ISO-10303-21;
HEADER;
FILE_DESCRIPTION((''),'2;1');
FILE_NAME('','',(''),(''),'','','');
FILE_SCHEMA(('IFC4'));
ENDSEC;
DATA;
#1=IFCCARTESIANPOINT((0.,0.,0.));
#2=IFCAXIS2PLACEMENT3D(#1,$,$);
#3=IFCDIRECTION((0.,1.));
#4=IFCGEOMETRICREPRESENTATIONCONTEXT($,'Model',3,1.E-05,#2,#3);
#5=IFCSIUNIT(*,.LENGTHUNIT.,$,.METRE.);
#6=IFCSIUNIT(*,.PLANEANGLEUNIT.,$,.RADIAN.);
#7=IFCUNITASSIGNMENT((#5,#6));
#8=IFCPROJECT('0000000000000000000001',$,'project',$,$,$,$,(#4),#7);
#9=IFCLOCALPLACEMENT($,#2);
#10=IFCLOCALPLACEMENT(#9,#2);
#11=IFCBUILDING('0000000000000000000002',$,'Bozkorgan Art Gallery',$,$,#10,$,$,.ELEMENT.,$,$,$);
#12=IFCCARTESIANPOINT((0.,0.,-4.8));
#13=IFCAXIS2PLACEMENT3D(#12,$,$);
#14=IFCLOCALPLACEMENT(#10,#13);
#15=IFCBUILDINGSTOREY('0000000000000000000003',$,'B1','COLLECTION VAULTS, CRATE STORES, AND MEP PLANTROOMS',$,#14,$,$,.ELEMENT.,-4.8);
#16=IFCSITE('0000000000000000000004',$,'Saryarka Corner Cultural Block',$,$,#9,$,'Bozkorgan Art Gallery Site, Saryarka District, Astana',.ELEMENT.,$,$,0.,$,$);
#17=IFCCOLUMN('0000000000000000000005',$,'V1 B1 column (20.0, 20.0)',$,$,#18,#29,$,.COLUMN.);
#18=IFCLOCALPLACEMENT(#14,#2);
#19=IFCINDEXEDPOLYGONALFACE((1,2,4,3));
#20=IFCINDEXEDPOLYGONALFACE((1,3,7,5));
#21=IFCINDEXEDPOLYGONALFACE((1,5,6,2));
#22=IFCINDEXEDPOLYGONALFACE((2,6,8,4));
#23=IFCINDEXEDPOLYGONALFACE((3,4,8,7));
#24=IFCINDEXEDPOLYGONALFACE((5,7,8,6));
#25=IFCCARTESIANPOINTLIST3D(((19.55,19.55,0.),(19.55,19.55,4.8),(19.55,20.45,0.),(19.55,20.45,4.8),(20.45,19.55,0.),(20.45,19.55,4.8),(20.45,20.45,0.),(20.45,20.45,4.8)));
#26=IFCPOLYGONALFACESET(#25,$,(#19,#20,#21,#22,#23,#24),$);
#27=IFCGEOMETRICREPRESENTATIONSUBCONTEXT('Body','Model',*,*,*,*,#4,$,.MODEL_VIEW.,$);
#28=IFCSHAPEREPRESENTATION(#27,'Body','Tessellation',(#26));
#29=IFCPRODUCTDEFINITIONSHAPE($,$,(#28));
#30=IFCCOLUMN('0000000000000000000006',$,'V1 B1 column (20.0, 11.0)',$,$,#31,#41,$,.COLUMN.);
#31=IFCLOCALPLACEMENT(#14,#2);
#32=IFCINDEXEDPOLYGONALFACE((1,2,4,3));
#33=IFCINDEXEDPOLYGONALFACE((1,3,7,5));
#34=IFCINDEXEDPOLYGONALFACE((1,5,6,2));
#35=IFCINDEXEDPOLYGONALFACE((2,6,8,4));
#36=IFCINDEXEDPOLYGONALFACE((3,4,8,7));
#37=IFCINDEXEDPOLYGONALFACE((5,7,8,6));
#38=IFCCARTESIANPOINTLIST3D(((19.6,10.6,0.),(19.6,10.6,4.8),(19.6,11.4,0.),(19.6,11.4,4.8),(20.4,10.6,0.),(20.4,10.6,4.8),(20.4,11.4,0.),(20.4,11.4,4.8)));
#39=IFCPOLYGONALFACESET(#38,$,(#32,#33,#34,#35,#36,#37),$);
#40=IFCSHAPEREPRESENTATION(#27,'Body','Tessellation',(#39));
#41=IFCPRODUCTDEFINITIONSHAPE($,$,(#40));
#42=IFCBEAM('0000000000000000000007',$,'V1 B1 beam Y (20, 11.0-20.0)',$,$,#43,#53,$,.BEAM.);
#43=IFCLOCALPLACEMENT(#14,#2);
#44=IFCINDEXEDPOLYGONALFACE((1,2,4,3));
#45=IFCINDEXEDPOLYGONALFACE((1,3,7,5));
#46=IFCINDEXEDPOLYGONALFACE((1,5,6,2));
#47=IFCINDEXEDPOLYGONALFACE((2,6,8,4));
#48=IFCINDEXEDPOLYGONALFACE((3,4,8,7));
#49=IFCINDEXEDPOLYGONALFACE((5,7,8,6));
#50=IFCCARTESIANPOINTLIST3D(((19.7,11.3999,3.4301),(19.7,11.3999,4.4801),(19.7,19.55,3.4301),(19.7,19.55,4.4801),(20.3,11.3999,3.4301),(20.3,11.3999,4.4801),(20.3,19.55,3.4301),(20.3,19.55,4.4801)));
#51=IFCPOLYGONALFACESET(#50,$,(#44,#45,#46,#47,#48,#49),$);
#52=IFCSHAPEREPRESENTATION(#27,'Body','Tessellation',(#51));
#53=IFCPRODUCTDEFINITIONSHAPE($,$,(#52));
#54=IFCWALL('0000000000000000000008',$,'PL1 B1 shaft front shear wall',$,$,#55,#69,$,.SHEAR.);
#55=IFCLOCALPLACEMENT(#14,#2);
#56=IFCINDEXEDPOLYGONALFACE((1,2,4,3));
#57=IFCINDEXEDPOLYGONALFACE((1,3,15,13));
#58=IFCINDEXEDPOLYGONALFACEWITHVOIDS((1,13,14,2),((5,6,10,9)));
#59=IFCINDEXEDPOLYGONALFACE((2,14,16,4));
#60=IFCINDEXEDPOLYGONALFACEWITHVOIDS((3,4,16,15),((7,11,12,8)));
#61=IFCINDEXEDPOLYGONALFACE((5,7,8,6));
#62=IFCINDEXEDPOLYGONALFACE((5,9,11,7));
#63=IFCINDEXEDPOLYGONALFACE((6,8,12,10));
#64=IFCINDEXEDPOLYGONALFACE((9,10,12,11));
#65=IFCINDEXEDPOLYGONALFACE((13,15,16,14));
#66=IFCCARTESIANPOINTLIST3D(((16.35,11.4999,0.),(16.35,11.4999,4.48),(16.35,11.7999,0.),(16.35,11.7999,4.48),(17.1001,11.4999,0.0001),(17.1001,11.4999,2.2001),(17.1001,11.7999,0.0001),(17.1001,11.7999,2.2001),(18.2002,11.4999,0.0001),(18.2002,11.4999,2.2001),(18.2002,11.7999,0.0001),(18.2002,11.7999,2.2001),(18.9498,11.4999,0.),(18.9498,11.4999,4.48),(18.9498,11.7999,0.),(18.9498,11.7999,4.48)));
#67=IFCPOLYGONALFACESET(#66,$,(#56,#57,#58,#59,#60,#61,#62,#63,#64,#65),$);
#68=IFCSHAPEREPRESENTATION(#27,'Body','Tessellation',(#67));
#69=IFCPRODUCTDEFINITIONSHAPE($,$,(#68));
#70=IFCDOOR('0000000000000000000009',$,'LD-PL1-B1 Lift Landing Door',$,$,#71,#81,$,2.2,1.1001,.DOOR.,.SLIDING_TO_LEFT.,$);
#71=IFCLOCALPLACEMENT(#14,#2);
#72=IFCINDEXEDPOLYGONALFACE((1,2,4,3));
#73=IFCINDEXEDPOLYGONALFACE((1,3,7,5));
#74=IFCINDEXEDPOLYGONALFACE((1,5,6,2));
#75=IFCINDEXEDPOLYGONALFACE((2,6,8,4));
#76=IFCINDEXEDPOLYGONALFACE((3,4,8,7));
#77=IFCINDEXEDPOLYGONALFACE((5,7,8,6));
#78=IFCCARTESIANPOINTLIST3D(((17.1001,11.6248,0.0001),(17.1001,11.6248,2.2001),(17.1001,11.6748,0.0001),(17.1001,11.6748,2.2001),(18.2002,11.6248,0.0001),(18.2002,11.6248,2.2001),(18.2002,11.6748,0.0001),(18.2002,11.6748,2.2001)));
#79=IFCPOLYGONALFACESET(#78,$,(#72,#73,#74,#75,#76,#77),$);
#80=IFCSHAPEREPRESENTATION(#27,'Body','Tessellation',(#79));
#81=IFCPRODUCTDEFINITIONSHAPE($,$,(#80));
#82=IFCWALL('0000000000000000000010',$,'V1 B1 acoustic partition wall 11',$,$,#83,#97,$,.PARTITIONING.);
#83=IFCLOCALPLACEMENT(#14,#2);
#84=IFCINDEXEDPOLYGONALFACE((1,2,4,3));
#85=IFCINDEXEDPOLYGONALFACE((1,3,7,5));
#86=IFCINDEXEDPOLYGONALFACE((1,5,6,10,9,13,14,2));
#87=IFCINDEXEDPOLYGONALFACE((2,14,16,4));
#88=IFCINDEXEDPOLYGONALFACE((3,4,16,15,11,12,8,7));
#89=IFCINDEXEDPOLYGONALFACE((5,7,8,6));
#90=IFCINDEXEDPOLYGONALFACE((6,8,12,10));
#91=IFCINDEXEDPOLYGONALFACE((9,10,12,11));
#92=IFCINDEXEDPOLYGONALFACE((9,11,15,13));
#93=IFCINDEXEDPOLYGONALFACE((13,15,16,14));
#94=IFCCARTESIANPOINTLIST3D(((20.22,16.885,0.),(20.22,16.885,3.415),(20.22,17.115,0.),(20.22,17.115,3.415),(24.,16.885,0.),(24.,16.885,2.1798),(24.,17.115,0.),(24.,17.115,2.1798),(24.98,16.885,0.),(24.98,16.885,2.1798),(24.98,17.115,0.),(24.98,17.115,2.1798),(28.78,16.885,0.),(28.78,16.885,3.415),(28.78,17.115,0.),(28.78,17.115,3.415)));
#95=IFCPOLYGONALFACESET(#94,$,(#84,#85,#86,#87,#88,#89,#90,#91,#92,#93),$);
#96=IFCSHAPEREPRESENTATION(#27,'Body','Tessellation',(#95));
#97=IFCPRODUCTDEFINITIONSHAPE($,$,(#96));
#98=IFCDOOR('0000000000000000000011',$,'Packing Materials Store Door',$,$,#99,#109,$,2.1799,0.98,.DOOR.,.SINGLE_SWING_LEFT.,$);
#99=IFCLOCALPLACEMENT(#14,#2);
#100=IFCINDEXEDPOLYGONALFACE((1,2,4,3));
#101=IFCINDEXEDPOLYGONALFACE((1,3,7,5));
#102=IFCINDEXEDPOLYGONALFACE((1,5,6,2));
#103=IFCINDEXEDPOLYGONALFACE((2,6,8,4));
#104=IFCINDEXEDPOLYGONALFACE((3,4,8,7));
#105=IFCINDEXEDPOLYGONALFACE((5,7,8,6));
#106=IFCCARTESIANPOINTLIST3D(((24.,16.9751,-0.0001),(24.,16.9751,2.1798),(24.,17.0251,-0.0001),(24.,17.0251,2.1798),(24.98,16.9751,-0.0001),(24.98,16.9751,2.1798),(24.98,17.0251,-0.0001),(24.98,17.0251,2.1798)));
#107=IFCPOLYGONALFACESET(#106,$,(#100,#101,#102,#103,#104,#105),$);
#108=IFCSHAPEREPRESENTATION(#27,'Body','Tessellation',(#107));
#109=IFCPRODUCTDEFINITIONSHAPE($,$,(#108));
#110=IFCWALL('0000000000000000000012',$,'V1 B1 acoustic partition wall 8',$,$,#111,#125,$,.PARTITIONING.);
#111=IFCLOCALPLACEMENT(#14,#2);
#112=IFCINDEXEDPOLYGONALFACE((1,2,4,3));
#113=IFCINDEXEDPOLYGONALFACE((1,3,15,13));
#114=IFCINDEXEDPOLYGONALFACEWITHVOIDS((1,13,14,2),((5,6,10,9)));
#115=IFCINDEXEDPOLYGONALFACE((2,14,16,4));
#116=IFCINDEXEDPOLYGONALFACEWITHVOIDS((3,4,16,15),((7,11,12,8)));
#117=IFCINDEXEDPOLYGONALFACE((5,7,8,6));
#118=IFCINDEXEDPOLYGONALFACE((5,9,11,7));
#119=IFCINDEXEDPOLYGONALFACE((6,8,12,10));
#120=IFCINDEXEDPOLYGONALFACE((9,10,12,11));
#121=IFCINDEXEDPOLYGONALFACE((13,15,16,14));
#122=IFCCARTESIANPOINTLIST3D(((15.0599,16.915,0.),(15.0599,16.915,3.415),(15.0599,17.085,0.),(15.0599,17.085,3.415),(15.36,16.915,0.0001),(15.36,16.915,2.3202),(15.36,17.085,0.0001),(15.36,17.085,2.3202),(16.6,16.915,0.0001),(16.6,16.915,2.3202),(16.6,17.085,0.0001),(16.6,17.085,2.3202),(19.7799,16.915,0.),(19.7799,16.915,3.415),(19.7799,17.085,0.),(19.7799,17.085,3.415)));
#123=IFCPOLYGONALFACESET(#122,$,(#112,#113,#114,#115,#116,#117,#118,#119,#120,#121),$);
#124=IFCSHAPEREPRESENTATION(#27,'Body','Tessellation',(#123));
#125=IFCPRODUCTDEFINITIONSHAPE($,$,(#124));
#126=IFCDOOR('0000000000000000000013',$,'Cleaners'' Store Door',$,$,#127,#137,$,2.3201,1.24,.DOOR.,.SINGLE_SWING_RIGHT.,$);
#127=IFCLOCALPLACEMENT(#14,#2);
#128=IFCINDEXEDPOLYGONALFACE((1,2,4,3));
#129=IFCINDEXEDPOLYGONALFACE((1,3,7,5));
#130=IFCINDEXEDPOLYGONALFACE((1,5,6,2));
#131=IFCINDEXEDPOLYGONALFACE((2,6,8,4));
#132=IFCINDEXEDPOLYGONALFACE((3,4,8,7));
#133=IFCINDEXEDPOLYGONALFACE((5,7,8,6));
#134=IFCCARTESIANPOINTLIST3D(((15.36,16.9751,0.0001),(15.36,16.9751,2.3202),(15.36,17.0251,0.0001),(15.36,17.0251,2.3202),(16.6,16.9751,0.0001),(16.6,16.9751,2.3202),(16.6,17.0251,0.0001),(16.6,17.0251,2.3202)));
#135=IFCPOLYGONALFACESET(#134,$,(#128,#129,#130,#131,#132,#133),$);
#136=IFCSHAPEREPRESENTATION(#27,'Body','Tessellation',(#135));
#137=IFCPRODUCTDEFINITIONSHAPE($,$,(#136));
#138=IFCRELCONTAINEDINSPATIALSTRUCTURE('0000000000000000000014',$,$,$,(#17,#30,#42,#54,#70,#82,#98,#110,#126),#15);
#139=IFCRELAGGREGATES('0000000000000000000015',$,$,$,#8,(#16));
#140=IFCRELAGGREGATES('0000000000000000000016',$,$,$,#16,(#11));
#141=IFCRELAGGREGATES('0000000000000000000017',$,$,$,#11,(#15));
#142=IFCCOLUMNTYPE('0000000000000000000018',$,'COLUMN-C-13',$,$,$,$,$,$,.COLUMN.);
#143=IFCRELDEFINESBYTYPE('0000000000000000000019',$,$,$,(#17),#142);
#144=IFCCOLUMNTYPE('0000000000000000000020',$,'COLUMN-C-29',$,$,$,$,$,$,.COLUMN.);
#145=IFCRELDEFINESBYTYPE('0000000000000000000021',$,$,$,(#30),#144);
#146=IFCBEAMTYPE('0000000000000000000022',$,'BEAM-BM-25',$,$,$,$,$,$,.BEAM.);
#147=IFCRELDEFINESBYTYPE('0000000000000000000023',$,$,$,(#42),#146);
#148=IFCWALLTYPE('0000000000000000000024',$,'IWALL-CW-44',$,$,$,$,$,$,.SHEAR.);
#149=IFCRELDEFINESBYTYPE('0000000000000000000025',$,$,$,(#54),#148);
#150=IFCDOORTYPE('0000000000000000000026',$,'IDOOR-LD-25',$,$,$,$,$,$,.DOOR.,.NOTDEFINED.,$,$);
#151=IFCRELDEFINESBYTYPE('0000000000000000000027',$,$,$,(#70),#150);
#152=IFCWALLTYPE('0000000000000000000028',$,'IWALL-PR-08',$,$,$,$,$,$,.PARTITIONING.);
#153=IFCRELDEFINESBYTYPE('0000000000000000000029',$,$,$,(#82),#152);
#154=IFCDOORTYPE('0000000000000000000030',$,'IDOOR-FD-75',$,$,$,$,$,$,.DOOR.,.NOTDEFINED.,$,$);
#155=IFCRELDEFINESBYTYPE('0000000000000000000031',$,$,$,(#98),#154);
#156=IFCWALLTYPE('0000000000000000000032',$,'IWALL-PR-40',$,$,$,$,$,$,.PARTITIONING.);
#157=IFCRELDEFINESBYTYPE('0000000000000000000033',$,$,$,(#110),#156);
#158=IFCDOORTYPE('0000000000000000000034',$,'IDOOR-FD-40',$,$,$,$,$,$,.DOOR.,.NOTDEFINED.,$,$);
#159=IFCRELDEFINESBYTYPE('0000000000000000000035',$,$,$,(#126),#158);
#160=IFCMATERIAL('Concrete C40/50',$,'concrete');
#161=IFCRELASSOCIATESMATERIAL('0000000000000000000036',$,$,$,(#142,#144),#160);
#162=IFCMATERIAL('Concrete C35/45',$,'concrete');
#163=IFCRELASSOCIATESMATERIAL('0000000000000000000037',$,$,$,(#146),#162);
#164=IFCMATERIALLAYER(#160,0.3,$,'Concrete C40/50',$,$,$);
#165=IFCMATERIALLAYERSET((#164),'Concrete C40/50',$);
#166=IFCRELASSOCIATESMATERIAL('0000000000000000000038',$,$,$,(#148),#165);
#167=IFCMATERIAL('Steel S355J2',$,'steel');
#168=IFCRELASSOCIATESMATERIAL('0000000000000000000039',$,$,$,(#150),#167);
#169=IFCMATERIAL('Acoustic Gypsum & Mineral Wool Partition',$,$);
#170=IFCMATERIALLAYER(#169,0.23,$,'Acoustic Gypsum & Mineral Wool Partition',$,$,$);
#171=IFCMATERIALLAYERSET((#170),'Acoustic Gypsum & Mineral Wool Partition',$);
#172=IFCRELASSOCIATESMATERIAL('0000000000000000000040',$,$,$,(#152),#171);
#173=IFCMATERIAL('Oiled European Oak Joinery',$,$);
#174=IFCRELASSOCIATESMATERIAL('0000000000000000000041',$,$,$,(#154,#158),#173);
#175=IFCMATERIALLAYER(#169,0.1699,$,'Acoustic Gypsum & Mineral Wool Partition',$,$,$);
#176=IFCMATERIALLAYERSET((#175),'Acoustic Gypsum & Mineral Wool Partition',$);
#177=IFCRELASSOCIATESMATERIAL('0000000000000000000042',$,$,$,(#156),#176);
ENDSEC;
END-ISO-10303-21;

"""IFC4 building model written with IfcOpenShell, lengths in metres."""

from ifc_helpers import new_model, si_unit, direction, frame, frame_2d, origin, origin_2d, place, context, subcontext, project, spatial, rectangle, extrude, material, layer, layer_set, material_profile, profile_set, type_object, element, fill, save


model = new_model("IFC4")

# Units and contexts
model_context = context("Model", 3, precision=1e-05, world=origin(), true_north=direction((0.0, 1.0)))
body_context = subcontext(model_context, "Body", "Model", "MODEL_VIEW")
ifc_project = project(units=[si_unit("LENGTHUNIT", "METRE"), si_unit("PLANEANGLEUNIT", "RADIAN")], contexts=[model_context])

# Site, building, storey
site_placement = place(None, origin())
site = spatial("IfcSite", under=ifc_project, at=site_placement, Name="Saryarka Corner Cultural Block", LongName="Bozkorgan Art Gallery Site, Saryarka District, Astana", CompositionType="ELEMENT", RefElevation=0.0)
building_placement = place(site_placement, origin())
building = spatial("IfcBuilding", under=site, at=building_placement, Name="Bozkorgan Art Gallery", CompositionType="ELEMENT")
storey_placement = place(building_placement, frame((0.0, 0.0, -4.8)))
storey = spatial("IfcBuildingStorey", under=building, at=storey_placement, Name="B1", Description="COLLECTION VAULTS, CRATE STORES, AND MEP PLANTROOMS", CompositionType="ELEMENT", Elevation=-4.8)

# Columns
ifc_material_1 = material(Name="Concrete C40/50", Category="concrete")
ifc_material_profile_1 = material_profile(ifc_material_1, rectangle(XDim=0.8999, YDim=0.8999, at=origin_2d()), Name="RC 900x900")
ifc_profile_set_1 = profile_set([ifc_material_profile_1], Name="Concrete C40/50")
column_type_1 = type_object("IfcColumnType", Name="COLUMN-C-13", PredefinedType="COLUMN", material=ifc_profile_set_1)
column_1_placement = place(storey_placement, frame((20.0, 20.0, 0.0), z_axis=(0.0, 0.0, 1.0), x_axis=(1.0, 0.0, 0.0)))
element("IfcColumn", 1, at=column_1_placement, inside=storey, type_object=column_type_1, Name="V1 B1 column (20.0, 20.0)", PredefinedType="COLUMN", context=body_context, shape_type="SweptSolid", body=[
    extrude(rectangle(XDim=0.8999, YDim=0.8999, at=origin_2d()), origin(), (0.0, 0.0, 1.0), 4.8),
])
ifc_material_profile_2 = material_profile(ifc_material_1, rectangle(XDim=0.8, YDim=0.8, at=origin_2d()), Name="RC 800x800")
ifc_profile_set_2 = profile_set([ifc_material_profile_2], Name="Concrete C40/50")
column_type_2 = type_object("IfcColumnType", Name="COLUMN-C-29", PredefinedType="COLUMN", material=ifc_profile_set_2)
column_2_placement = place(storey_placement, frame((20.0, 11.0, 0.0), z_axis=(0.0, 0.0, 1.0), x_axis=(1.0, 0.0, 0.0)))
element("IfcColumn", 2, at=column_2_placement, inside=storey, type_object=column_type_2, Name="V1 B1 column (20.0, 11.0)", PredefinedType="COLUMN", context=body_context, shape_type="SweptSolid", body=[
    extrude(rectangle(XDim=0.8, YDim=0.8, at=origin_2d()), origin(), (0.0, 0.0, 1.0), 4.8),
])

# Beam
ifc_material_2 = material(Name="Concrete C35/45", Category="concrete")
ifc_material_profile_3 = material_profile(ifc_material_2, rectangle(XDim=0.6001, YDim=1.05, at=origin_2d()), Name="RC 600x1050")
ifc_profile_set_3 = profile_set([ifc_material_profile_3], Name="Concrete C35/45")
beam_type = type_object("IfcBeamType", Name="BEAM-BM-25", PredefinedType="BEAM", material=ifc_profile_set_3)
beam_placement = place(storey_placement, frame((20.0, 11.3999, 3.9551), z_axis=(0.0, 1.0, 0.0), x_axis=(-1.0, 0.0, 0.0)))
element("IfcBeam", 3, at=beam_placement, inside=storey, type_object=beam_type, Name="V1 B1 beam Y (20, 11.0-20.0)", PredefinedType="BEAM", context=body_context, shape_type="SweptSolid", body=[
    extrude(rectangle(XDim=0.6001, YDim=1.05, at=origin_2d()), origin(), (0.0, 0.0, 1.0), 8.1501),
])

# Walls, openings, doors
ifc_layer_1 = layer(ifc_material_1, 0.3, Name="Concrete C40/50")
ifc_layer_set_1 = layer_set([ifc_layer_1], Name="Concrete C40/50")
wall_type_1 = type_object("IfcWallType", Name="IWALL-CW-44", PredefinedType="SHEAR", material=ifc_layer_set_1)
wall_1_placement = place(storey_placement, frame((16.3501, 11.6499, 0.0), z_axis=(0.0, 0.0, 1.0), x_axis=(1.0, 0.0, 0.0)))
wall_1 = element("IfcWall", 4, at=wall_1_placement, inside=storey, type_object=wall_type_1, Name="PL1 B1 shaft front shear wall", PredefinedType="SHEAR", context=body_context, shape_type="SweptSolid", body=[
    extrude(rectangle(XDim=2.5999, YDim=0.3, at=frame_2d((1.2998, 0.0))), origin(), (0.0, 0.0, 1.0), 4.48),
])
opening_1_placement = place(wall_1_placement, frame((0.75, 0.0, 0.0)))
opening_1 = element("IfcOpeningElement", 5, at=opening_1_placement, cuts=wall_1, PredefinedType="OPENING", context=body_context, shape_type="SweptSolid", body=[
    extrude(rectangle(XDim=1.1001, YDim=2.2, at=frame_2d((0.55, 1.1001))), frame((0.0, 0.1602, 0.0), z_axis=(0.0, -1.0, 0.0), x_axis=(1.0, 0.0, 0.0)), (0.0, 0.0, 1.0), 0.3201),
])
ifc_material_3 = material(Name="Steel S355J2", Category="steel")
door_type_1 = type_object("IfcDoorType", Name="IDOOR-LD-25", OperationType="NOTDEFINED", PredefinedType="DOOR", material=ifc_material_3)
door_1_placement = place(opening_1_placement, origin())
door_1 = element("IfcDoor", 6, at=door_1_placement, inside=storey, type_object=door_type_1, Name="LD-PL1-B1 Lift Landing Door", OperationType="SLIDING_TO_LEFT", OverallHeight=2.2, OverallWidth=1.1001, PredefinedType="DOOR", context=body_context, shape_type="SweptSolid", body=[
    extrude(rectangle(XDim=1.1001, YDim=2.2, at=frame_2d((0.55, 1.1001))), frame((0.0, 0.0249, 0.0), z_axis=(0.0, -1.0, 0.0), x_axis=(1.0, 0.0, 0.0)), (0.0, 0.0, 1.0), 0.05),
])
fill(opening_1, door_1)
ifc_material_4 = material(Name="Acoustic Gypsum & Mineral Wool Partition")
ifc_layer_2 = layer(ifc_material_4, 0.23, Name="Acoustic Gypsum & Mineral Wool Partition")
ifc_layer_set_2 = layer_set([ifc_layer_2], Name="Acoustic Gypsum & Mineral Wool Partition")
wall_type_2 = type_object("IfcWallType", Name="IWALL-PR-08", PredefinedType="PARTITIONING", material=ifc_layer_set_2)
wall_2_placement = place(storey_placement, frame((20.22, 17.0, 0.0), z_axis=(0.0, 0.0, 1.0), x_axis=(1.0, 0.0, 0.0)))
wall_2 = element("IfcWall", 7, at=wall_2_placement, inside=storey, type_object=wall_type_2, Name="V1 B1 acoustic partition wall 11", PredefinedType="PARTITIONING", context=body_context, shape_type="SweptSolid", body=[
    extrude(rectangle(XDim=8.5601, YDim=0.23, at=frame_2d((4.28, 0.0))), origin(), (0.0, 0.0, 1.0), 3.415),
])
opening_2_placement = place(wall_2_placement, frame((4.76, 0.0, 0.0), z_axis=(0.0, 0.0, 1.0), x_axis=(-1.0, 0.0, 0.0)))
opening_2 = element("IfcOpeningElement", 8, at=opening_2_placement, cuts=wall_2, PredefinedType="OPENING", context=body_context, shape_type="SweptSolid", body=[
    extrude(rectangle(XDim=0.98, YDim=2.1799, at=frame_2d((0.49, 1.0898))), frame((0.0, 0.125, 0.0), z_axis=(0.0, -1.0, 0.0), x_axis=(1.0, 0.0, 0.0)), (0.0, 0.0, 1.0), 0.25),
])
ifc_material_5 = material(Name="Oiled European Oak Joinery")
door_type_2 = type_object("IfcDoorType", Name="IDOOR-FD-75", OperationType="NOTDEFINED", PredefinedType="DOOR", material=ifc_material_5)
door_2_placement = place(opening_2_placement, origin())
door_2 = element("IfcDoor", 9, at=door_2_placement, inside=storey, type_object=door_type_2, Name="Packing Materials Store Door", OperationType="SINGLE_SWING_LEFT", OverallHeight=2.1799, OverallWidth=0.98, PredefinedType="DOOR", context=body_context, shape_type="SweptSolid", body=[
    extrude(rectangle(XDim=0.98, YDim=2.1799, at=frame_2d((0.49, 1.0898))), frame((0.0, 0.0249, 0.0), z_axis=(0.0, -1.0, 0.0), x_axis=(1.0, 0.0, 0.0)), (0.0, 0.0, 1.0), 0.05),
])
fill(opening_2, door_2)
ifc_layer_3 = layer(ifc_material_4, 0.1699, Name="Acoustic Gypsum & Mineral Wool Partition")
ifc_layer_set_3 = layer_set([ifc_layer_3], Name="Acoustic Gypsum & Mineral Wool Partition")
wall_type_3 = type_object("IfcWallType", Name="IWALL-PR-40", PredefinedType="PARTITIONING", material=ifc_layer_set_3)
wall_3_placement = place(storey_placement, frame((15.0601, 17.0, 0.0), z_axis=(0.0, 0.0, 1.0), x_axis=(1.0, 0.0, 0.0)))
wall_3 = element("IfcWall", 10, at=wall_3_placement, inside=storey, type_object=wall_type_3, Name="V1 B1 acoustic partition wall 8", PredefinedType="PARTITIONING", context=body_context, shape_type="SweptSolid", body=[
    extrude(rectangle(XDim=4.72, YDim=0.1699, at=frame_2d((2.3599, 0.0))), origin(), (0.0, 0.0, 1.0), 3.415),
])
opening_3_placement = place(wall_3_placement, frame((1.54, 0.0, 0.0), z_axis=(0.0, 0.0, 1.0), x_axis=(-1.0, 0.0, 0.0)))
opening_3 = element("IfcOpeningElement", 11, at=opening_3_placement, cuts=wall_3, PredefinedType="OPENING", context=body_context, shape_type="SweptSolid", body=[
    extrude(rectangle(XDim=1.24, YDim=2.3201, at=frame_2d((0.6201, 1.1602))), frame((0.0, 0.095, 0.0), z_axis=(0.0, -1.0, 0.0), x_axis=(1.0, 0.0, 0.0)), (0.0, 0.0, 1.0), 0.1899),
])
door_type_3 = type_object("IfcDoorType", Name="IDOOR-FD-40", OperationType="NOTDEFINED", PredefinedType="DOOR", material=ifc_material_5)
door_3_placement = place(opening_3_placement, origin())
door_3 = element("IfcDoor", 12, at=door_3_placement, inside=storey, type_object=door_type_3, Name="Cleaners' Store Door", OperationType="SINGLE_SWING_RIGHT", OverallHeight=2.3201, OverallWidth=1.24, PredefinedType="DOOR", context=body_context, shape_type="SweptSolid", body=[
    extrude(rectangle(XDim=1.24, YDim=2.3201, at=frame_2d((0.6201, 1.1602))), frame((0.0, 0.0249, 0.0), z_axis=(0.0, -1.0, 0.0), x_axis=(1.0, 0.0, 0.0)), (0.0, 0.0, 1.0), 0.05),
])
fill(opening_3, door_3)

save(model, "model.ifc")
